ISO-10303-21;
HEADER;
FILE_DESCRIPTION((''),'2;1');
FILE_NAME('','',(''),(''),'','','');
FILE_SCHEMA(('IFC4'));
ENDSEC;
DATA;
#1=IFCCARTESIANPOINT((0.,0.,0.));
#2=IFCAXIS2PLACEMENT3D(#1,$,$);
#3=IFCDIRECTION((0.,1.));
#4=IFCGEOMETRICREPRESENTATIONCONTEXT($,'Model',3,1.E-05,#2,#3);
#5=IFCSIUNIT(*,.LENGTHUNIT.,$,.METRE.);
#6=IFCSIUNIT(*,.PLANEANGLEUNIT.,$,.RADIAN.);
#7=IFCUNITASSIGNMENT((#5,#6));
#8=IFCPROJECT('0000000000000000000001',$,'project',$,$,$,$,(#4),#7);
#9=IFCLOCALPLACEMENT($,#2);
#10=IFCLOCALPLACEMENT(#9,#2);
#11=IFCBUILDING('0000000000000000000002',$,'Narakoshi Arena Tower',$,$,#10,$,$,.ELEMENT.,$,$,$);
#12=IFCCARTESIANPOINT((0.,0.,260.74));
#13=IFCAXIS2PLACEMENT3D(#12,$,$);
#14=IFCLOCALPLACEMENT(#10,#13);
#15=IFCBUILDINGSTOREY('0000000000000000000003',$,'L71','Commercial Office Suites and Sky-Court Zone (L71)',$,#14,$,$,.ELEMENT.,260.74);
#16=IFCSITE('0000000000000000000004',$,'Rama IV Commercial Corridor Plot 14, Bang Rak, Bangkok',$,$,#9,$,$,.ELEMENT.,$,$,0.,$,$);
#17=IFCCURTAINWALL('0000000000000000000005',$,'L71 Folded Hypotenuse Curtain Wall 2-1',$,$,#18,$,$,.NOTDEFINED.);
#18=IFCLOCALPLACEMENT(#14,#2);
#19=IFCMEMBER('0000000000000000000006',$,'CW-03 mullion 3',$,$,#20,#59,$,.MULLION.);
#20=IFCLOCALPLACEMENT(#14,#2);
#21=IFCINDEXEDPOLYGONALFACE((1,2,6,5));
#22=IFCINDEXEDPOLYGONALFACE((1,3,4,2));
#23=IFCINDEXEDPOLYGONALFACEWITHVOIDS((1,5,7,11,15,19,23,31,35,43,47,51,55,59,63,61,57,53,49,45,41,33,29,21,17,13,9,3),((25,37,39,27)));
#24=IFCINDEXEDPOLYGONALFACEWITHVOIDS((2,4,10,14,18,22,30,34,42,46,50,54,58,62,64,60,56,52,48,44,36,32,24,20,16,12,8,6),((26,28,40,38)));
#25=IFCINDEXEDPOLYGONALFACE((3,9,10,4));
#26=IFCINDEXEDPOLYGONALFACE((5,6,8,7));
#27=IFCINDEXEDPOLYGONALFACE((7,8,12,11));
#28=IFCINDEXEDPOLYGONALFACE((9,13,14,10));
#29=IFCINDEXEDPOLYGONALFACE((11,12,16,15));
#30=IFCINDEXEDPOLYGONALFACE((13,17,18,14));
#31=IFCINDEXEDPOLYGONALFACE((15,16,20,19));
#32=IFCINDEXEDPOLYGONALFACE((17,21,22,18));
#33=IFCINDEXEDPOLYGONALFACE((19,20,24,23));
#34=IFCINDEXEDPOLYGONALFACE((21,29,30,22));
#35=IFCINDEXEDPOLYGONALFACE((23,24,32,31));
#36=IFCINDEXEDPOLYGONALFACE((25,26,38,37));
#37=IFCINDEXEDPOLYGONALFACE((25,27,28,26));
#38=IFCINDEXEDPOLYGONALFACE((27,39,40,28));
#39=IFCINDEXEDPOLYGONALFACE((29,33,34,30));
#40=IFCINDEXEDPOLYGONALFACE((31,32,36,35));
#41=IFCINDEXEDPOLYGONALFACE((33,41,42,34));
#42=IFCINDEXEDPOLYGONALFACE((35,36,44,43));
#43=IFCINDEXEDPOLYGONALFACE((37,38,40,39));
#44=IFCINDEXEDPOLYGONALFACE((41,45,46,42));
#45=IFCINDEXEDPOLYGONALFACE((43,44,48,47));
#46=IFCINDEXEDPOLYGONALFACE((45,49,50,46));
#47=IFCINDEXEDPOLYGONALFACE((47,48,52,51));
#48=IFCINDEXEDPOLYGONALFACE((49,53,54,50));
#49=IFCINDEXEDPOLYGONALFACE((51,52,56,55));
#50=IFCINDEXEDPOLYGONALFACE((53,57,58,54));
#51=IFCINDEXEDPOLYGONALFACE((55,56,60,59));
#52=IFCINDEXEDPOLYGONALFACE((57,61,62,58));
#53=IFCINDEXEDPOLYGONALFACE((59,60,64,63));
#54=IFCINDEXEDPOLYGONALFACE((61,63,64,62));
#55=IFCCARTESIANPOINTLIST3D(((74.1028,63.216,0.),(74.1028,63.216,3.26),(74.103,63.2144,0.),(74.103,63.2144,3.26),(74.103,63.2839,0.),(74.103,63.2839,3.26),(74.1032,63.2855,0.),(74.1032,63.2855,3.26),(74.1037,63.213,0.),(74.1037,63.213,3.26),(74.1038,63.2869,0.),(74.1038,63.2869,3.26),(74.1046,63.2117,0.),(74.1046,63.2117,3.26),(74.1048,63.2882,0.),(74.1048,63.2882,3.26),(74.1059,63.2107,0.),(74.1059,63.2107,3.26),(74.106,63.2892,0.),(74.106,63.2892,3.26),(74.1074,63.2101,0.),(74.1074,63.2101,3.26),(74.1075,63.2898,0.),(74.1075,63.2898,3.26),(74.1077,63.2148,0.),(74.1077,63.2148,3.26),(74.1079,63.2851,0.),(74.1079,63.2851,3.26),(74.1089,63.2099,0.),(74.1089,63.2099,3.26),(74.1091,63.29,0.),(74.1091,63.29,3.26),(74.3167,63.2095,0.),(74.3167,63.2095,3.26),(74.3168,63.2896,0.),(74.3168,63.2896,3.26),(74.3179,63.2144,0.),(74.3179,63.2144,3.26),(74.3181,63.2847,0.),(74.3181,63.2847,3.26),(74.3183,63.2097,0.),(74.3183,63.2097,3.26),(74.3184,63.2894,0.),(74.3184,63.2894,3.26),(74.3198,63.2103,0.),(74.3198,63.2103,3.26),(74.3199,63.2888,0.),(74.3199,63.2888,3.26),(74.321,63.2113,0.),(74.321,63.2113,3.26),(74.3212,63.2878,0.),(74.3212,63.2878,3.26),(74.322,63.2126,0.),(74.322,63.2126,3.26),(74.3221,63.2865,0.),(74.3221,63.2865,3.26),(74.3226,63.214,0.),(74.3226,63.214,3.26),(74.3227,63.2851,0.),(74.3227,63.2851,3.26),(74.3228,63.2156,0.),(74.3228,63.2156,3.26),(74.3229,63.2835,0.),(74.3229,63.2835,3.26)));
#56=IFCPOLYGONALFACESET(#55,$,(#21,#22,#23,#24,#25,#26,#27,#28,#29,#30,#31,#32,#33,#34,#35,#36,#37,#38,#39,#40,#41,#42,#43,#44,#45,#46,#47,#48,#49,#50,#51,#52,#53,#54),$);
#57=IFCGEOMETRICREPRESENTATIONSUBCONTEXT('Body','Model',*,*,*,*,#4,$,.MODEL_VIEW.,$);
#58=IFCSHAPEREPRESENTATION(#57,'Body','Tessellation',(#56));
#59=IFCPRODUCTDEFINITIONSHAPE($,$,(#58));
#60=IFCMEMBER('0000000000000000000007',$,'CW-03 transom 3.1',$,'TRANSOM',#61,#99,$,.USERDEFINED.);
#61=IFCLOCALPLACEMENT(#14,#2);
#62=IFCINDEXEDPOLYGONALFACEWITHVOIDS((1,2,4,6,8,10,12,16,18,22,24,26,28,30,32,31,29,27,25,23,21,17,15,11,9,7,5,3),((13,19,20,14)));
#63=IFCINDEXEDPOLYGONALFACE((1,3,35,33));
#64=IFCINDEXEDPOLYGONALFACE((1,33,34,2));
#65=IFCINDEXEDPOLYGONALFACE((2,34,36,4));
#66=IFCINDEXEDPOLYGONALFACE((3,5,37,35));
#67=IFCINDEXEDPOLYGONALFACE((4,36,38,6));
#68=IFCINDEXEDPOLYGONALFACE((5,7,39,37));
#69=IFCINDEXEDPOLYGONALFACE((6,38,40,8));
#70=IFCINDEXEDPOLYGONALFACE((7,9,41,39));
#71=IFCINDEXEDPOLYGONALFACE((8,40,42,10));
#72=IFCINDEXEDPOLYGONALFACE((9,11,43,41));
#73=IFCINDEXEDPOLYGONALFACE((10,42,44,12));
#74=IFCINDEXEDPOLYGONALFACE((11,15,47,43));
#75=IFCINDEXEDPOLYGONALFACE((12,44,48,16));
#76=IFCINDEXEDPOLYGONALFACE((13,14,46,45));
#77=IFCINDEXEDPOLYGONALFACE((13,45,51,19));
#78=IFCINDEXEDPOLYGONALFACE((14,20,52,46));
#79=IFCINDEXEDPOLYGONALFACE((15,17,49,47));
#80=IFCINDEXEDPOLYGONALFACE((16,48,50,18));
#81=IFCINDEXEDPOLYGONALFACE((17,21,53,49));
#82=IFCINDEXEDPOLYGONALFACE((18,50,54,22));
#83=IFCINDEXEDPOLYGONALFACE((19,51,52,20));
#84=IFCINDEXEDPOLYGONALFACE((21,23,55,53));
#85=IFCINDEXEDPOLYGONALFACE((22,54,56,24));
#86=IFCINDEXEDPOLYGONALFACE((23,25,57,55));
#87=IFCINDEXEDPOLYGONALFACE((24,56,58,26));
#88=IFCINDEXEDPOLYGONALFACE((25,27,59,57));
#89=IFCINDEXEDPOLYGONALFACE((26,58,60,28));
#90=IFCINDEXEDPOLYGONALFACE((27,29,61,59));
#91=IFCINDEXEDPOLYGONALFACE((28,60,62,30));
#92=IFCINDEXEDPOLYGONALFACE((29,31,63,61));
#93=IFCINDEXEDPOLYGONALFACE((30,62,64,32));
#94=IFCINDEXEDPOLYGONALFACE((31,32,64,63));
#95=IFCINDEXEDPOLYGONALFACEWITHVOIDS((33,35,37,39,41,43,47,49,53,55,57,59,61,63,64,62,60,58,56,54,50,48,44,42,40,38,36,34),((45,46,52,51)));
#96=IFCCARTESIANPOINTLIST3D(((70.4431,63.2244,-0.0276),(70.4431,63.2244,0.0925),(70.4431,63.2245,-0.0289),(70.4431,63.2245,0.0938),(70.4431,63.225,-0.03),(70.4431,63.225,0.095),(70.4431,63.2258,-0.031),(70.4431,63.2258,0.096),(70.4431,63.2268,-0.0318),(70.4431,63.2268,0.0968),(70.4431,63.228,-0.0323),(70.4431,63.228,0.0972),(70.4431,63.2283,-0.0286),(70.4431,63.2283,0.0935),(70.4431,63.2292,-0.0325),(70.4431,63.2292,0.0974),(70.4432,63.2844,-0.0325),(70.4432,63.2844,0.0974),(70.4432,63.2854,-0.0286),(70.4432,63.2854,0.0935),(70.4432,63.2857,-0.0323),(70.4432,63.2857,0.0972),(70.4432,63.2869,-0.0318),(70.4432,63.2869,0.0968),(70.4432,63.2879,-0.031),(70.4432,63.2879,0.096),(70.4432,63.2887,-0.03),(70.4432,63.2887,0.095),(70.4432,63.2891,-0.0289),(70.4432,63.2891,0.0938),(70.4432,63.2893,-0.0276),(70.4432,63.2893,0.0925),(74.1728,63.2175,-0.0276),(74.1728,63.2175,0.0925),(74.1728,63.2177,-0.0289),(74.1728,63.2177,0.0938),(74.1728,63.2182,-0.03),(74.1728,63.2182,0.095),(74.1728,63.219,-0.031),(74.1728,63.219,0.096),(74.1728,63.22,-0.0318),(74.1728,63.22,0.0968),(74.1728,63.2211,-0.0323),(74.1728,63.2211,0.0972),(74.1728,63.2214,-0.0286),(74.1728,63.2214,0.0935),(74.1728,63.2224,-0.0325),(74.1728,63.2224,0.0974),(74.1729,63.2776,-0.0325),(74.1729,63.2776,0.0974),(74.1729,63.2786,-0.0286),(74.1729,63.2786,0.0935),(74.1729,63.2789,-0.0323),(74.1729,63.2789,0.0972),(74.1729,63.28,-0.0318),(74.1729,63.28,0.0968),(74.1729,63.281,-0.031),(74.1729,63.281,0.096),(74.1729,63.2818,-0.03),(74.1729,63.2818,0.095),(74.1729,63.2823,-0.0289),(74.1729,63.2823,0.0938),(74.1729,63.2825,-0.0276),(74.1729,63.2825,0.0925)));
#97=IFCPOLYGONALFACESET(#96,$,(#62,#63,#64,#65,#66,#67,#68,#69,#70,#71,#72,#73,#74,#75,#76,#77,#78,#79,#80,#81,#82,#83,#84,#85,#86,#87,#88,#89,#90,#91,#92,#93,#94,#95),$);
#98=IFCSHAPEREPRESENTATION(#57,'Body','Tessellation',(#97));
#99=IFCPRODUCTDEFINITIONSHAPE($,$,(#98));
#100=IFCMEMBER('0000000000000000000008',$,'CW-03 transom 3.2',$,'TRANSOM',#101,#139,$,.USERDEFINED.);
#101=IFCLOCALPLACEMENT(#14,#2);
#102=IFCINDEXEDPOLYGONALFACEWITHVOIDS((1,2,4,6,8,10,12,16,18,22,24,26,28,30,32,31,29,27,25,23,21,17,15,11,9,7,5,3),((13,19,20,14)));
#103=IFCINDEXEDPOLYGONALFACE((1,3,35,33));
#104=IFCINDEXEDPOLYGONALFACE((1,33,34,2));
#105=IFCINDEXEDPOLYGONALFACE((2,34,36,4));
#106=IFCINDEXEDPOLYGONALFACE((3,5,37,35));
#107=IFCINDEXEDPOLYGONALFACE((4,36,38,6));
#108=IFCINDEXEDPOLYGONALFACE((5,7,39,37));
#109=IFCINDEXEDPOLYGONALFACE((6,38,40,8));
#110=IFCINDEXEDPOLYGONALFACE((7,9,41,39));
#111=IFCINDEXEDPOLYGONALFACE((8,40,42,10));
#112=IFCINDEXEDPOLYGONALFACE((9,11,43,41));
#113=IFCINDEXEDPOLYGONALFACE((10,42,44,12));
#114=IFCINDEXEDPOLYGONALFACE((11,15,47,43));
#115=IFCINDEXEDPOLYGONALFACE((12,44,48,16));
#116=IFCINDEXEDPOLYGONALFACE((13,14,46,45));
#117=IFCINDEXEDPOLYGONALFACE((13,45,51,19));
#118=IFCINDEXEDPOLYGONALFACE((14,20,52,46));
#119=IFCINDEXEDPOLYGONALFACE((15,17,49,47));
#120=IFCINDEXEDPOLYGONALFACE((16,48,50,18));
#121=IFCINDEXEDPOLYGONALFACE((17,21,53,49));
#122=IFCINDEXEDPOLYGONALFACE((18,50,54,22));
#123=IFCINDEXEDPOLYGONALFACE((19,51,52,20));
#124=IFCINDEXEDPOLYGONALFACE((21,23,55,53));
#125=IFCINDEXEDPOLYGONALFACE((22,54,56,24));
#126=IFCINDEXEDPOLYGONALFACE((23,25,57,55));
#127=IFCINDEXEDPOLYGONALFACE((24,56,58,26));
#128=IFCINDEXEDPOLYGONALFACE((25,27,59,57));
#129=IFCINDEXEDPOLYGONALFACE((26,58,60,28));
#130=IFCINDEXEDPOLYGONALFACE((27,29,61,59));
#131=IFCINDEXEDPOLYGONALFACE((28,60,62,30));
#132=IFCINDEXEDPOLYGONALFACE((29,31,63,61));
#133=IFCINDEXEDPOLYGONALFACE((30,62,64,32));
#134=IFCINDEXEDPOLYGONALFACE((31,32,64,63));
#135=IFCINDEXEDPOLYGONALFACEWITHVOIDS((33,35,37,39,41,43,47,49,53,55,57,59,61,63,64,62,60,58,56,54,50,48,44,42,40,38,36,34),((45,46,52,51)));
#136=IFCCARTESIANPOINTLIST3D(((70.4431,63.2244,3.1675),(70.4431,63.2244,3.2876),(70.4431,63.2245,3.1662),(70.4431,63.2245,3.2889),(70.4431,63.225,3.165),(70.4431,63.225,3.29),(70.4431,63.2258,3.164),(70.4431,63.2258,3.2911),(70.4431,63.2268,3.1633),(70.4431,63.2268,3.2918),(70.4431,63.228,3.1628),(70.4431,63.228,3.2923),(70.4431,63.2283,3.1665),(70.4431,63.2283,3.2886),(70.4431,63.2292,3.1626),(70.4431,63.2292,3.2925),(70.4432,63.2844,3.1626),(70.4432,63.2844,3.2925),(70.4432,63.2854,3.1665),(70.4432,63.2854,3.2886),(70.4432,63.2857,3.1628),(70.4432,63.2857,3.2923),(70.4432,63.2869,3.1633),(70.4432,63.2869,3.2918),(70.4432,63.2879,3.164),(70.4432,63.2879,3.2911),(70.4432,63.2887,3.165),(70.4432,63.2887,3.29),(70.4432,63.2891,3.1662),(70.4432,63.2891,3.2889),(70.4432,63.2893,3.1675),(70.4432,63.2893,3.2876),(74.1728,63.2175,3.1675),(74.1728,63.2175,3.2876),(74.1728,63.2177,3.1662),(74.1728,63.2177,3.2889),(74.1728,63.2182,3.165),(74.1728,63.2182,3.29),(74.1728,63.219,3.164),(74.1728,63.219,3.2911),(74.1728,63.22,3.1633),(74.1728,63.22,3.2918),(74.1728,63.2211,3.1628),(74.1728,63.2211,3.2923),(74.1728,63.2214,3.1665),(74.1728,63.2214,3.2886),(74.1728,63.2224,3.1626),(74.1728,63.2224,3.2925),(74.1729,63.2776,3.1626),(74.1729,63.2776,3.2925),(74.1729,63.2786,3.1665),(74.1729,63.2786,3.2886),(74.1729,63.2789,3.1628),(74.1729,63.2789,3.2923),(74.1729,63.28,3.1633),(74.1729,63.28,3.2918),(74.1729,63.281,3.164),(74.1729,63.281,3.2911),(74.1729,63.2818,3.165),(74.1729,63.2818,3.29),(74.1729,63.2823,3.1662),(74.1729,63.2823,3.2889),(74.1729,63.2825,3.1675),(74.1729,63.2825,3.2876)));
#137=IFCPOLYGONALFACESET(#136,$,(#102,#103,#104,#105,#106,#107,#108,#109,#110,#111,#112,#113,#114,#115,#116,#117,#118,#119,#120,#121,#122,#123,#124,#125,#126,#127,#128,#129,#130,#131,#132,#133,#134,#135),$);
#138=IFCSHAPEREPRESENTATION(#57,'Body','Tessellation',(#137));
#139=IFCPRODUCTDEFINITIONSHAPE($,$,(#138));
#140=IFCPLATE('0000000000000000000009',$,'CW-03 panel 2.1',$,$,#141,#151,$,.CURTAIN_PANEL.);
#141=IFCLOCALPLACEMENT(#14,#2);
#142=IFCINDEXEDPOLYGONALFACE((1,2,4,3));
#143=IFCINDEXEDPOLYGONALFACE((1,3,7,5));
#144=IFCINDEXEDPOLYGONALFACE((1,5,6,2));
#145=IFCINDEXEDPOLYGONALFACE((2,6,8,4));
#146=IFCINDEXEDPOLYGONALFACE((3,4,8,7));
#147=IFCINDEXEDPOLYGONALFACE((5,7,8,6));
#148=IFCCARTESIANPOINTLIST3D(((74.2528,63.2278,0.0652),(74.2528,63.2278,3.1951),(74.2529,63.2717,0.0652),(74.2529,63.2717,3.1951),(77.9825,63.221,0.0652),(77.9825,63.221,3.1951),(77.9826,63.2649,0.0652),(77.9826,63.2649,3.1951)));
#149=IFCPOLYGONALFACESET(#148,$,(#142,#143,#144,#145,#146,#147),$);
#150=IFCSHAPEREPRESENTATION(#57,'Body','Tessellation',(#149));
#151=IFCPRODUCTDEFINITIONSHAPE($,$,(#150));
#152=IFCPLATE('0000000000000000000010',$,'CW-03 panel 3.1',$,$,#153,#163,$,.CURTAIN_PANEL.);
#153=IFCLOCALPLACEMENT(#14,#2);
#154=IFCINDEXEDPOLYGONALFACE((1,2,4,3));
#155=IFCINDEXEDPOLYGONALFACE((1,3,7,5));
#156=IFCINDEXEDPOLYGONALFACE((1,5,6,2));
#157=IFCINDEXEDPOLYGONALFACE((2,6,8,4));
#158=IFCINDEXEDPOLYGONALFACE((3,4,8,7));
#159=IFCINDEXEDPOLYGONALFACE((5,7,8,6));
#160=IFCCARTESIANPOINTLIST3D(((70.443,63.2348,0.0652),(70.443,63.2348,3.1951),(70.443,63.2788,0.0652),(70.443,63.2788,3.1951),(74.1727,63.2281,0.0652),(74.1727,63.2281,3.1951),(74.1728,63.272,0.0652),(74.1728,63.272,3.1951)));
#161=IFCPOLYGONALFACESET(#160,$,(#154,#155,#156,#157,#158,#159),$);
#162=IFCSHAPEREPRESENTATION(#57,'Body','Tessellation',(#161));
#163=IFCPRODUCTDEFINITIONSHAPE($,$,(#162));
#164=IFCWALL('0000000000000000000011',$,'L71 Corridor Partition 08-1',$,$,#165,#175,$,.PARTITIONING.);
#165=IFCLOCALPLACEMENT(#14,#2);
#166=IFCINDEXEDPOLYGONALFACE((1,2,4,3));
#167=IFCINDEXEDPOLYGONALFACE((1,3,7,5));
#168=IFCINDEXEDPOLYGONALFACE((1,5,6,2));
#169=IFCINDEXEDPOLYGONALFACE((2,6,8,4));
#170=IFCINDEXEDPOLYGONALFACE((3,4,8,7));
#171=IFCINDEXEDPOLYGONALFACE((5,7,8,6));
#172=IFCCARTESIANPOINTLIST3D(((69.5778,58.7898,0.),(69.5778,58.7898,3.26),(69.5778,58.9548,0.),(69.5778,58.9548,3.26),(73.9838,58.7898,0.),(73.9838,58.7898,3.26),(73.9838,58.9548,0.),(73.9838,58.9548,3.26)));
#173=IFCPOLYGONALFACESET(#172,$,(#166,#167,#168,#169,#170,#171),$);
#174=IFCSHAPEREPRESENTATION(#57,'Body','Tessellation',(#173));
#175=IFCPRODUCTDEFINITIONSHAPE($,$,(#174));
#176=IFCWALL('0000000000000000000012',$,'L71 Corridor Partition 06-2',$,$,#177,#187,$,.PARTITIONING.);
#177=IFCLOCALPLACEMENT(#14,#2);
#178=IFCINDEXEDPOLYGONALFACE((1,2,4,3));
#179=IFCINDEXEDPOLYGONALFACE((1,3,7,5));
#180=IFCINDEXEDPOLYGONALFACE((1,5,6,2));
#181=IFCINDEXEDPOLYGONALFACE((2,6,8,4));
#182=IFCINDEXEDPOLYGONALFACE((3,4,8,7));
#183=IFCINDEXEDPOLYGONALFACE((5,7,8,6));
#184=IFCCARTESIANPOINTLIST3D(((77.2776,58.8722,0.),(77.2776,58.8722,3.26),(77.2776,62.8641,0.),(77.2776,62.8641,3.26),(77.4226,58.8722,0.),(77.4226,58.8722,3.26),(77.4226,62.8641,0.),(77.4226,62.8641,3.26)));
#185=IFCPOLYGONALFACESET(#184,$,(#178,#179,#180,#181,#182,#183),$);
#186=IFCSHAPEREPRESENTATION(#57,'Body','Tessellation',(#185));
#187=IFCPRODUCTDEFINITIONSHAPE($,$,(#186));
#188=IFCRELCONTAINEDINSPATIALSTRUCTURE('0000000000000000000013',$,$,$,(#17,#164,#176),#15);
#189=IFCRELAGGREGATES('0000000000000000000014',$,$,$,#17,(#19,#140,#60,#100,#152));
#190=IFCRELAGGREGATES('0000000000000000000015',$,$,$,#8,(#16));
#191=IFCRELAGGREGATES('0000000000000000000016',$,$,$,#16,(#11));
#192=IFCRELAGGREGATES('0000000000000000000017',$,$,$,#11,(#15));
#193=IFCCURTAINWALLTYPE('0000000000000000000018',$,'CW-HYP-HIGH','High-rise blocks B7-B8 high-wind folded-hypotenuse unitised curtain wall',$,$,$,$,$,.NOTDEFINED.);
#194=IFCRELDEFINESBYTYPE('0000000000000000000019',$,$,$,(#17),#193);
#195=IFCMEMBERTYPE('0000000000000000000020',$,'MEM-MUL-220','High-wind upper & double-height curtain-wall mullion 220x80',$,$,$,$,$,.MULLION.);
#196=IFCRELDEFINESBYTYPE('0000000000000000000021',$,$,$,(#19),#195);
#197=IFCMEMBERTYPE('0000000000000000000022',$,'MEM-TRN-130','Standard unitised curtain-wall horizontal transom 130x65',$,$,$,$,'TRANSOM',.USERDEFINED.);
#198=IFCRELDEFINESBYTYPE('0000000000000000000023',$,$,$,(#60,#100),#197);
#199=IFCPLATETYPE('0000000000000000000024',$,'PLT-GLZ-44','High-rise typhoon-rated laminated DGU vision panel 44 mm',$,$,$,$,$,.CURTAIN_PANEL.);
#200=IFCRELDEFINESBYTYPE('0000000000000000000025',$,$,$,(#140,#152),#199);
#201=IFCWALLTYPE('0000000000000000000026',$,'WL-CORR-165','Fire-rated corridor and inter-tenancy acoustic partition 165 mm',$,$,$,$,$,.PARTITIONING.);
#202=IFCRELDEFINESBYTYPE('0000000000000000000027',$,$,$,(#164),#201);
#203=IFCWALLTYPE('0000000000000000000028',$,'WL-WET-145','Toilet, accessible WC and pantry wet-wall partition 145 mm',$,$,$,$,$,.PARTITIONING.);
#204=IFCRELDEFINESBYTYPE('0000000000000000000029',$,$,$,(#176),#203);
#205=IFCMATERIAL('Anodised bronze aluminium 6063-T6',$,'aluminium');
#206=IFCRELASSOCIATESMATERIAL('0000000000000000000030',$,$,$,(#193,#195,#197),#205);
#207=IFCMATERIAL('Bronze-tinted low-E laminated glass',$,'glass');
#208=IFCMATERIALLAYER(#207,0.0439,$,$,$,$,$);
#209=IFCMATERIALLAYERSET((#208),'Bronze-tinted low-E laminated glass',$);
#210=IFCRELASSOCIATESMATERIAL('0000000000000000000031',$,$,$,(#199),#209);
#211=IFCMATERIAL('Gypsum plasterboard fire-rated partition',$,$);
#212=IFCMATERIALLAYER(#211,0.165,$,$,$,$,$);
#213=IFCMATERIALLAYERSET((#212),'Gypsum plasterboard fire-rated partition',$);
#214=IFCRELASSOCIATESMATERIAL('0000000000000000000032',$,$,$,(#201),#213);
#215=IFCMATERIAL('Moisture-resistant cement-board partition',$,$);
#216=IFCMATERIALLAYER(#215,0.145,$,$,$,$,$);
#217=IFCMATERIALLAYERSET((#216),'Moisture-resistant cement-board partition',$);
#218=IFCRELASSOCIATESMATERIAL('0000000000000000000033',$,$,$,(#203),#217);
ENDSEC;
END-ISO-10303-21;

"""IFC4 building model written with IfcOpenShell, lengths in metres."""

from ifc_helpers import new_model, si_unit, direction, frame, frame_2d, origin, origin_2d, place, context, subcontext, project, spatial, rectangle, hollow_rectangle, extrude, material, layer, layer_set, material_profile, profile_set, type_object, element, aggregate, save


model = new_model("IFC4")

# Units and contexts
model_context = context("Model", 3, precision=1e-05, world=origin(), true_north=direction((0.0, 1.0)))
body_context = subcontext(model_context, "Body", "Model", "MODEL_VIEW")
ifc_project = project(units=[si_unit("LENGTHUNIT", "METRE"), si_unit("PLANEANGLEUNIT", "RADIAN")], contexts=[model_context])

# Site, building, storey
site_placement = place(None, origin())
site = spatial("IfcSite", under=ifc_project, at=site_placement, Name="Rama IV Commercial Corridor Plot 14, Bang Rak, Bangkok", CompositionType="ELEMENT", RefElevation=0.0)
building_placement = place(site_placement, origin())
building = spatial("IfcBuilding", under=site, at=building_placement, Name="Narakoshi Arena Tower", CompositionType="ELEMENT")
storey_placement = place(building_placement, frame((0.0, 0.0, 260.74)))
storey = spatial("IfcBuildingStorey", under=building, at=storey_placement, Name="L71", Description="Commercial Office Suites and Sky-Court Zone (L71)", CompositionType="ELEMENT", Elevation=260.74)

# Curtain wall, members, plates
ifc_material_1 = material(Name="Anodised bronze aluminium 6063-T6", Category="aluminium")
curtain_wall_type = type_object("IfcCurtainWallType", Name="CW-HYP-HIGH", Description="High-rise blocks B7-B8 high-wind folded-hypotenuse unitised curtain wall", PredefinedType="NOTDEFINED", material=ifc_material_1)
curtain_wall_placement = place(storey_placement, origin())
curtain_wall = element("IfcCurtainWall", 1, at=curtain_wall_placement, inside=storey, type_object=curtain_wall_type, Name="L71 Folded Hypotenuse Curtain Wall 2-1", PredefinedType="NOTDEFINED")
ifc_material_profile_1 = material_profile(ifc_material_1, hollow_rectangle(XDim=0.0801, YDim=0.22, WallThickness=0.0049, OuterFilletRadius=0.0061, at=origin_2d()), Name="MUL220x80x5")
ifc_profile_set_1 = profile_set([ifc_material_profile_1], Name="Anodised bronze aluminium 6063-T6")
member_type_1 = type_object("IfcMemberType", Name="MEM-MUL-220", Description="High-wind upper & double-height curtain-wall mullion 220x80", PredefinedType="MULLION", material=ifc_profile_set_1)
member_1_placement = place(storey_placement, frame((74.2129, 63.2498, 0.0), z_axis=(0.0, 0.0, 1.0), x_axis=(-0.00182, -0.999998, 0.0)))
member_1 = element("IfcMember", 2, at=member_1_placement, type_object=member_type_1, Name="CW-03 mullion 3", PredefinedType="MULLION", context=body_context, shape_type="SweptSolid", body=[
    extrude(hollow_rectangle(XDim=0.0801, YDim=0.22, WallThickness=0.0049, OuterFilletRadius=0.0061, at=origin_2d()), origin(), (0.0, 0.0, 1.0), 3.26),
])
ifc_material_profile_2 = material_profile(ifc_material_1, hollow_rectangle(XDim=0.0649, YDim=0.1299, WallThickness=0.0039, OuterFilletRadius=0.0049, at=origin_2d()), Name="TRN130x65x4")
ifc_profile_set_2 = profile_set([ifc_material_profile_2], Name="Anodised bronze aluminium 6063-T6")
member_type_2 = type_object("IfcMemberType", Name="MEM-TRN-130", Description="Standard unitised curtain-wall horizontal transom 130x65", ElementType="TRANSOM", PredefinedType="USERDEFINED", material=ifc_profile_set_2)
member_2_placement = place(storey_placement, frame((74.1729, 63.25, 0.0325), z_axis=(-0.999998, 0.001833, 0.0), x_axis=(-0.001833, -0.999998, 0.0)))
member_2 = element("IfcMember", 3, at=member_2_placement, type_object=member_type_2, Name="CW-03 transom 3.1", ObjectType="TRANSOM", PredefinedType="USERDEFINED", context=body_context, shape_type="SweptSolid", body=[
    extrude(hollow_rectangle(XDim=0.0649, YDim=0.1299, WallThickness=0.0039, OuterFilletRadius=0.0049, at=origin_2d()), origin(), (0.0, 0.0, 1.0), 3.7297),
])
member_3_placement = place(storey_placement, frame((74.1729, 63.25, 3.2275), z_axis=(-0.999998, 0.001833, 0.0), x_axis=(-0.001833, -0.999998, 0.0)))
member_3 = element("IfcMember", 4, at=member_3_placement, type_object=member_type_2, Name="CW-03 transom 3.2", ObjectType="TRANSOM", PredefinedType="USERDEFINED", context=body_context, shape_type="SweptSolid", body=[
    extrude(hollow_rectangle(XDim=0.0649, YDim=0.1299, WallThickness=0.0039, OuterFilletRadius=0.0049, at=origin_2d()), origin(), (0.0, 0.0, 1.0), 3.7297),
])
ifc_material_2 = material(Name="Bronze-tinted low-E laminated glass", Category="glass")
ifc_layer_1 = layer(ifc_material_2, 0.0439)
ifc_layer_set_1 = layer_set([ifc_layer_1], Name="Bronze-tinted low-E laminated glass")
plate_type = type_object("IfcPlateType", Name="PLT-GLZ-44", Description="High-rise typhoon-rated laminated DGU vision panel 44 mm", PredefinedType="CURTAIN_PANEL", material=ifc_layer_set_1)
plate_1_placement = place(storey_placement, frame((76.1177, 63.2463, 0.0652), z_axis=(0.0, 0.0, 1.0), x_axis=(-0.999998, 0.00182, 0.0)))
plate_1 = element("IfcPlate", 5, at=plate_1_placement, type_object=plate_type, Name="CW-03 panel 2.1", PredefinedType="CURTAIN_PANEL", context=body_context, shape_type="SweptSolid", body=[
    extrude(rectangle(XDim=3.7297, YDim=0.0439, at=origin_2d()), origin(), (0.0, 0.0, 1.0), 3.1299),
])
plate_2_placement = place(storey_placement, frame((72.3079, 63.2534, 0.0652), z_axis=(0.0, 0.0, 1.0), x_axis=(-0.999998, 0.00182, 0.0)))
plate_2 = element("IfcPlate", 6, at=plate_2_placement, type_object=plate_type, Name="CW-03 panel 3.1", PredefinedType="CURTAIN_PANEL", context=body_context, shape_type="SweptSolid", body=[
    extrude(rectangle(XDim=3.7297, YDim=0.0439, at=origin_2d()), origin(), (0.0, 0.0, 1.0), 3.1299),
])
aggregate(curtain_wall, [member_1, plate_1, member_2, member_3, plate_2])

# Walls
ifc_material_3 = material(Name="Gypsum plasterboard fire-rated partition")
ifc_layer_2 = layer(ifc_material_3, 0.165)
ifc_layer_set_2 = layer_set([ifc_layer_2], Name="Gypsum plasterboard fire-rated partition")
wall_type_1 = type_object("IfcWallType", Name="WL-CORR-165", Description="Fire-rated corridor and inter-tenancy acoustic partition 165 mm", PredefinedType="PARTITIONING", material=ifc_layer_set_2)
wall_1_placement = place(storey_placement, frame((73.9839, 58.8723, 0.0), z_axis=(0.0, 0.0, 1.0), x_axis=(-1.0, 0.0, 0.0)))
element("IfcWall", 7, at=wall_1_placement, inside=storey, type_object=wall_type_1, Name="L71 Corridor Partition 08-1", PredefinedType="PARTITIONING", context=body_context, shape_type="SweptSolid", body=[
    extrude(rectangle(XDim=4.406, YDim=0.165, at=frame_2d((2.2031, 0.0))), origin(), (0.0, 0.0, 1.0), 3.26),
])
ifc_material_4 = material(Name="Moisture-resistant cement-board partition")
ifc_layer_3 = layer(ifc_material_4, 0.145)
ifc_layer_set_3 = layer_set([ifc_layer_3], Name="Moisture-resistant cement-board partition")
wall_type_2 = type_object("IfcWallType", Name="WL-WET-145", Description="Toilet, accessible WC and pantry wet-wall partition 145 mm", PredefinedType="PARTITIONING", material=ifc_layer_set_3)
wall_2_placement = place(storey_placement, frame((77.3501, 62.8643, 0.0), z_axis=(0.0, 0.0, 1.0), x_axis=(0.0, -1.0, 0.0)))
element("IfcWall", 8, at=wall_2_placement, inside=storey, type_object=wall_type_2, Name="L71 Corridor Partition 06-2", PredefinedType="PARTITIONING", context=body_context, shape_type="SweptSolid", body=[
    extrude(rectangle(XDim=3.9919, YDim=0.145, at=frame_2d((1.9961, 0.0))), origin(), (0.0, 0.0, 1.0), 3.26),
])

save(model, "model.ifc")
